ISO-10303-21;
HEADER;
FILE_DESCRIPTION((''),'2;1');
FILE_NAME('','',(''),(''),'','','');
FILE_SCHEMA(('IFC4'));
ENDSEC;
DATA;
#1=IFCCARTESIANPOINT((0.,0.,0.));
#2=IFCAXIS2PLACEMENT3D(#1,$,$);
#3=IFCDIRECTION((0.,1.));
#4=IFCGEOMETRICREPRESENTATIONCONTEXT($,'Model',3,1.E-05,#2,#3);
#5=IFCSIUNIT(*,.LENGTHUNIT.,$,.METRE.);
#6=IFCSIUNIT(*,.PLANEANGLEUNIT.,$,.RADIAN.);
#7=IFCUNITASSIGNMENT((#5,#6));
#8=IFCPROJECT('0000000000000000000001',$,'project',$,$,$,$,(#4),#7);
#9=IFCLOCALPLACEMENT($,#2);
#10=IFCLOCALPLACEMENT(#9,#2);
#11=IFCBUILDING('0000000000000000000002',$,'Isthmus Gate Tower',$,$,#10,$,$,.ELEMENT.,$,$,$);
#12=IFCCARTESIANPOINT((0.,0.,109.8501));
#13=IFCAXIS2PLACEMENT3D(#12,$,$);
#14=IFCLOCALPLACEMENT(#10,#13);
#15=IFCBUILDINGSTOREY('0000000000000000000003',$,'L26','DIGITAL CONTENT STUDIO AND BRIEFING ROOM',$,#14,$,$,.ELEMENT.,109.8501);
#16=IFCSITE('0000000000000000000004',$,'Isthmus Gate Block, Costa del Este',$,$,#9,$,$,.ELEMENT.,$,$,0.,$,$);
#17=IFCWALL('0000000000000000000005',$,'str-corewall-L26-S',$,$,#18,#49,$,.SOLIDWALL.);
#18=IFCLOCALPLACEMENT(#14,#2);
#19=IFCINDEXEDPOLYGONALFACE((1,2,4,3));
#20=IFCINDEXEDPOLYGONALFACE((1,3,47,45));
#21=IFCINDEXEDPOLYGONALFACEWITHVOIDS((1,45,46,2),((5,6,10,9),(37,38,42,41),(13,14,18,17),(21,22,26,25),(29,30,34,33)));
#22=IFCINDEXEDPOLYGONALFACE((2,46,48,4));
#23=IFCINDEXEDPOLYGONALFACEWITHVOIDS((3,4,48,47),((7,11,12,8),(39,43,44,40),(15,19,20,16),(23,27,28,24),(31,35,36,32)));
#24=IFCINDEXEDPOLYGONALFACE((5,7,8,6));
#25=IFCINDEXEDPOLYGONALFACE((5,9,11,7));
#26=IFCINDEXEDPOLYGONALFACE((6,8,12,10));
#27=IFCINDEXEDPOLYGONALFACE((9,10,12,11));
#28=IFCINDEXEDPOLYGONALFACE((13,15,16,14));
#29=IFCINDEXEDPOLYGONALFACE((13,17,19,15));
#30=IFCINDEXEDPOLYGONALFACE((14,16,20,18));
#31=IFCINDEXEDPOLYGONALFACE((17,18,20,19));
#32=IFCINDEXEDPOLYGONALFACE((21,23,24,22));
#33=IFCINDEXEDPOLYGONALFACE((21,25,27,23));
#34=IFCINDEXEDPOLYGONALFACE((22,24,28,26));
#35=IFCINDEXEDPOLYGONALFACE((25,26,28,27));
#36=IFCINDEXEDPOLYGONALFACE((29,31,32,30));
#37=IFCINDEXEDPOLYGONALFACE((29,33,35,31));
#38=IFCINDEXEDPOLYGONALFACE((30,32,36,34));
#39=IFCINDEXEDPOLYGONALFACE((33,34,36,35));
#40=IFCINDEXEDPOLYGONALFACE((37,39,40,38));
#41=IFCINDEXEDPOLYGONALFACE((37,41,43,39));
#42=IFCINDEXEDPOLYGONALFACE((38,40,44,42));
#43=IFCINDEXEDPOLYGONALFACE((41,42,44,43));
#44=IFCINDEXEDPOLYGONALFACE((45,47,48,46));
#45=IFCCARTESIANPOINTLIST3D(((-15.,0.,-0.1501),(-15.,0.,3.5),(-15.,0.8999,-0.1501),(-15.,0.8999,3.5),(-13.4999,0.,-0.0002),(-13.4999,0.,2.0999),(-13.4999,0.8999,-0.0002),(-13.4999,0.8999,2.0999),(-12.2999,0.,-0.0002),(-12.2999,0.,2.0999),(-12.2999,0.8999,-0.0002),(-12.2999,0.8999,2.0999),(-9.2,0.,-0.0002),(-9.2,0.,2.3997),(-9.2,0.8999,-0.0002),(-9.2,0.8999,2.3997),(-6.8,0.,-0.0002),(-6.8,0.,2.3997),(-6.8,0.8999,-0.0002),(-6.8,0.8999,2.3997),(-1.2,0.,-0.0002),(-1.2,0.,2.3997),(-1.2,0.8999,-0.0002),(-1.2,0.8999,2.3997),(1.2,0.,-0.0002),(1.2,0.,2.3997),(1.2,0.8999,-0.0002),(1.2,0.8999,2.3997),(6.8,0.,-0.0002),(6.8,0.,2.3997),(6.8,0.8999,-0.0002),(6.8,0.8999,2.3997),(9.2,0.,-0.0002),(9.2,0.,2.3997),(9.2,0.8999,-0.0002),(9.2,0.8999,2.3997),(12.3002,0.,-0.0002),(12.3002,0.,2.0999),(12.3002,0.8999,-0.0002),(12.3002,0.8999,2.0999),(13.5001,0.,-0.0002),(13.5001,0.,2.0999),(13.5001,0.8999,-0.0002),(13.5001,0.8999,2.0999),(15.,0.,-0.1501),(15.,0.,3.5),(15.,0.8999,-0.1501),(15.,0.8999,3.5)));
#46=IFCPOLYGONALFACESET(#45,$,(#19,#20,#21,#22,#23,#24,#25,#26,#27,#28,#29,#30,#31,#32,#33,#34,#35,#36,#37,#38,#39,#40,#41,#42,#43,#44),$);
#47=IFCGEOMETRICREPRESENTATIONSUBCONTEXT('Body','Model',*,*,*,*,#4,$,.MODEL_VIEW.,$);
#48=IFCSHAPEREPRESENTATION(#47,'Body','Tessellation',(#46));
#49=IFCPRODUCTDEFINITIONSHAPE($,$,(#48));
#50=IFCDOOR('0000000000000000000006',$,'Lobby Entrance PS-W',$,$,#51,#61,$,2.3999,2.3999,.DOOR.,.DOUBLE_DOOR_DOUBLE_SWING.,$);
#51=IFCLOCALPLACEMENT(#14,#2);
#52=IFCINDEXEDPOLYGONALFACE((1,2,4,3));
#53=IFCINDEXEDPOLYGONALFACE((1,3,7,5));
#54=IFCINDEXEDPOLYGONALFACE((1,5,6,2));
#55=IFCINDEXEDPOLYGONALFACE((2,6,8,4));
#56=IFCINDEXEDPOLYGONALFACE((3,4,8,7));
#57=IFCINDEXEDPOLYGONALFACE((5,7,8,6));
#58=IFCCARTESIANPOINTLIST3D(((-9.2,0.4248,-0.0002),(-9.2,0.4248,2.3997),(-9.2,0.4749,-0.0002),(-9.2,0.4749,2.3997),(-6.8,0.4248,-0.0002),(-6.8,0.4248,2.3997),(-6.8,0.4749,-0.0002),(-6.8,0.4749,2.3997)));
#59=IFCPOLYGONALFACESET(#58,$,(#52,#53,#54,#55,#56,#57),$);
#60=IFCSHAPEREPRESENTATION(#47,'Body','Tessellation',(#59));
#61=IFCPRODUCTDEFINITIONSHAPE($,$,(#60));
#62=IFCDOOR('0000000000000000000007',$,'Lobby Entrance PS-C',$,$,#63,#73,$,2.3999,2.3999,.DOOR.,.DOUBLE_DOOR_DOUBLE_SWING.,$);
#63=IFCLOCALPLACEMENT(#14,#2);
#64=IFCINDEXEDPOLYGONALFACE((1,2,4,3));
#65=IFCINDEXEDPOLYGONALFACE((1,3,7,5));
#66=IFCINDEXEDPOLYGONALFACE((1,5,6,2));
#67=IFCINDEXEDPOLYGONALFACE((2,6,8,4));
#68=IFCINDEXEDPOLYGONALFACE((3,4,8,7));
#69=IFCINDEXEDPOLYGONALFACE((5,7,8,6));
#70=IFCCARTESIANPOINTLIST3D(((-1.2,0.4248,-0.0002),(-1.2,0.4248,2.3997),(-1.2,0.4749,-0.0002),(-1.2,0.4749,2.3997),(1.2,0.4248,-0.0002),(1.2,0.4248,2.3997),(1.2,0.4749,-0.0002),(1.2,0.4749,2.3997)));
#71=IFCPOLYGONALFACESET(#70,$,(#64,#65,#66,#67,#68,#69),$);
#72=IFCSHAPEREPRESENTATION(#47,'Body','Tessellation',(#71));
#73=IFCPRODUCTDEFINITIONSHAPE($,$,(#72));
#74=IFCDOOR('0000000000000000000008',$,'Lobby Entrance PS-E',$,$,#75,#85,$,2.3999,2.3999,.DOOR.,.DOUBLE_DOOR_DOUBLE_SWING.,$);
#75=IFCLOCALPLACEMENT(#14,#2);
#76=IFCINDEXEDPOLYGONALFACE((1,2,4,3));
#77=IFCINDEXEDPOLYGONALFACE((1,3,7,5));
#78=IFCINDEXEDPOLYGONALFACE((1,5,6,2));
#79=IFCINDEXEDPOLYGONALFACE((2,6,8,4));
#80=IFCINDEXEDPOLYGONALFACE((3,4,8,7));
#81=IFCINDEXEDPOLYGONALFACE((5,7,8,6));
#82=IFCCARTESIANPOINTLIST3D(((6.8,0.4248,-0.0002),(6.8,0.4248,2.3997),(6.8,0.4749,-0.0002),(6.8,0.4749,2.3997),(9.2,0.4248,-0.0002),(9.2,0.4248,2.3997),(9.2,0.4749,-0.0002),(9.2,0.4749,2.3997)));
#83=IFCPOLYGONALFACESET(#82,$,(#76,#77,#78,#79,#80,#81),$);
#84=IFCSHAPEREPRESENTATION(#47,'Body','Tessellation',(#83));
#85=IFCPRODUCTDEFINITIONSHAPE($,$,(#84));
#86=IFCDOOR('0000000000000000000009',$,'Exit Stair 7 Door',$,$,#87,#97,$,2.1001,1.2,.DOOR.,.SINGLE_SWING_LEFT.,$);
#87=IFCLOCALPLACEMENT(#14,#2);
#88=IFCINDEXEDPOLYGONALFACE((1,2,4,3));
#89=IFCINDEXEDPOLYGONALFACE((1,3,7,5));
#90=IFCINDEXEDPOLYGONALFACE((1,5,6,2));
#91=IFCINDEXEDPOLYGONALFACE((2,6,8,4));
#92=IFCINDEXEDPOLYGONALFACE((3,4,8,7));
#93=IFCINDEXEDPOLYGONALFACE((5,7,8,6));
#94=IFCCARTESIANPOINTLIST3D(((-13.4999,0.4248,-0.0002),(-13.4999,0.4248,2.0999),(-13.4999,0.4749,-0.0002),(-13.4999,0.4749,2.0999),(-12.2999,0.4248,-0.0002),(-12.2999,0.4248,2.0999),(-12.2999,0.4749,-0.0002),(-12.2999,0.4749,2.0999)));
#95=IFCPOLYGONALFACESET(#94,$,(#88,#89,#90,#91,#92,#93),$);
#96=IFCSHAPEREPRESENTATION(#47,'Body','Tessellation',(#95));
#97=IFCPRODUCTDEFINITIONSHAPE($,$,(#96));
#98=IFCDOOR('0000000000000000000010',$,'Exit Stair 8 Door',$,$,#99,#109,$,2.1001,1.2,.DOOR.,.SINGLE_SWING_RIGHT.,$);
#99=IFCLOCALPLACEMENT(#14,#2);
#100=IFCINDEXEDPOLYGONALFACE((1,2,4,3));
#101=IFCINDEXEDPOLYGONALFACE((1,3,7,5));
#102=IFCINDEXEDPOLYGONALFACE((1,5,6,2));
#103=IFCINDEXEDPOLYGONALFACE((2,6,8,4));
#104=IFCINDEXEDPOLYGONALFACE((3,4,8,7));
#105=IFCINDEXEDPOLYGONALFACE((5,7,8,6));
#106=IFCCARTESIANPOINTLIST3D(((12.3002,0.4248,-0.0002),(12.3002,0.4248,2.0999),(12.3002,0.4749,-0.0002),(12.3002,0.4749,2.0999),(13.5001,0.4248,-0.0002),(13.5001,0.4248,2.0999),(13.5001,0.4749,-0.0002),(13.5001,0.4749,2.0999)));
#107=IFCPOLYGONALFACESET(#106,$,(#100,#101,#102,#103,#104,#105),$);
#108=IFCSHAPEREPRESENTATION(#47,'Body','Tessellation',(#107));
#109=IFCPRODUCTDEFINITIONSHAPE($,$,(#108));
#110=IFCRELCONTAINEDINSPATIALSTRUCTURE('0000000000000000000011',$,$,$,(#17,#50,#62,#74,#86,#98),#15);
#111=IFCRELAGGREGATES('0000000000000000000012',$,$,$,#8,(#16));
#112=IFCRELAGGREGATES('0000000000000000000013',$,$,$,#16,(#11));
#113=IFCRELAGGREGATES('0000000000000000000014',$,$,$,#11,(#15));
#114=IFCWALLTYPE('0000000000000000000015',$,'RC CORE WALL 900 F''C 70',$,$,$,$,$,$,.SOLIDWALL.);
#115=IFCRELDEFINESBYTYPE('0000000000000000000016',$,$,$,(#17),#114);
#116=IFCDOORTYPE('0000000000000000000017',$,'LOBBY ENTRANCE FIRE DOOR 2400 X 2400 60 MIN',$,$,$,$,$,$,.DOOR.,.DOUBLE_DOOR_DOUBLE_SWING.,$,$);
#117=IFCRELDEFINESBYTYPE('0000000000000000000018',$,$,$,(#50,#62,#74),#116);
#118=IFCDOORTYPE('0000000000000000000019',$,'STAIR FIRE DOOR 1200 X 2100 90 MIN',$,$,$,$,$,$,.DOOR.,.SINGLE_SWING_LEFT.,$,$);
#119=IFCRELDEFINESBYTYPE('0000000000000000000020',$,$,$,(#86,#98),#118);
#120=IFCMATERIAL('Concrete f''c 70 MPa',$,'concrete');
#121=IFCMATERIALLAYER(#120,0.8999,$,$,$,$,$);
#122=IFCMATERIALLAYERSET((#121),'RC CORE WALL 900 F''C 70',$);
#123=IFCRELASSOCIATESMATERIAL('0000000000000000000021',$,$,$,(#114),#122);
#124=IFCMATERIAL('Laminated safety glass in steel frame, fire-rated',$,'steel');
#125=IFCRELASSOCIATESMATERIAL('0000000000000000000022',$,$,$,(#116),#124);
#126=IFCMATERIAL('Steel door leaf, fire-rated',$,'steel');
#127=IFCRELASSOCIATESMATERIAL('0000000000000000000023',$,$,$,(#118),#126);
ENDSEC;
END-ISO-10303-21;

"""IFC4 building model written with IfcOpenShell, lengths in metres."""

from ifc_helpers import new_model, si_unit, direction, frame, frame_2d, origin, place, context, subcontext, project, spatial, rectangle, extrude, material, layer, layer_set, type_object, element, fill, save


model = new_model("IFC4")

# Units and contexts
model_context = context("Model", 3, precision=1e-05, world=origin(), true_north=direction((0.0, 1.0)))
body_context = subcontext(model_context, "Body", "Model", "MODEL_VIEW")
ifc_project = project(units=[si_unit("LENGTHUNIT", "METRE"), si_unit("PLANEANGLEUNIT", "RADIAN")], contexts=[model_context])

# Site, building, storey
site_placement = place(None, origin())
site = spatial("IfcSite", under=ifc_project, at=site_placement, Name="Isthmus Gate Block, Costa del Este", CompositionType="ELEMENT", RefElevation=0.0)
building_placement = place(site_placement, origin())
building = spatial("IfcBuilding", under=site, at=building_placement, Name="Isthmus Gate Tower", CompositionType="ELEMENT")
storey_placement = place(building_placement, frame((0.0, 0.0, 109.8501)))
storey = spatial("IfcBuildingStorey", under=building, at=storey_placement, Name="L26", Description="DIGITAL CONTENT STUDIO AND BRIEFING ROOM", CompositionType="ELEMENT", Elevation=109.8501)

# Wall, openings, doors
ifc_material_1 = material(Name="Concrete f'c 70 MPa", Category="concrete")
ifc_layer_1 = layer(ifc_material_1, 0.8999)
ifc_layer_set_1 = layer_set([ifc_layer_1], Name="RC CORE WALL 900 F'C 70")
wall_type_1 = type_object("IfcWallType", Name="RC CORE WALL 900 F'C 70", PredefinedType="SOLIDWALL", material=ifc_layer_set_1)
wall_1_placement = place(storey_placement, frame((-15.0, 0.45, -0.1501), z_axis=(0.0, 0.0, 1.0), x_axis=(1.0, 0.0, 0.0)))
wall_1 = element("IfcWall", 1, at=wall_1_placement, inside=storey, type_object=wall_type_1, Name="str-corewall-L26-S", PredefinedType="SOLIDWALL", context=body_context, shape_type="SweptSolid", body=[
    extrude(rectangle(XDim=30.0, YDim=0.8999, at=frame_2d((15.0, 0.0))), origin(), (0.0, 0.0, 1.0), 3.6501),
])
opening_1_placement = place(wall_1_placement, frame((5.8, 0.0, 0.1499)))
opening_1 = element("IfcOpeningElement", 2, at=opening_1_placement, cuts=wall_1, PredefinedType="OPENING", context=body_context, shape_type="SweptSolid", body=[
    extrude(rectangle(XDim=2.3999, YDim=2.3999, at=frame_2d((1.2, 1.2))), frame((0.0, 0.46, 0.0), z_axis=(0.0, -1.0, 0.0), x_axis=(1.0, 0.0, 0.0)), (0.0, 0.0, 1.0), 0.9199),
])
opening_2_placement = place(wall_1_placement, frame((13.8, 0.0, 0.1499)))
opening_2 = element("IfcOpeningElement", 3, at=opening_2_placement, cuts=wall_1, PredefinedType="OPENING", context=body_context, shape_type="SweptSolid", body=[
    extrude(rectangle(XDim=2.3999, YDim=2.3999, at=frame_2d((1.2, 1.2))), frame((0.0, 0.46, 0.0), z_axis=(0.0, -1.0, 0.0), x_axis=(1.0, 0.0, 0.0)), (0.0, 0.0, 1.0), 0.9199),
])
opening_3_placement = place(wall_1_placement, frame((21.8, 0.0, 0.1499)))
opening_3 = element("IfcOpeningElement", 4, at=opening_3_placement, cuts=wall_1, PredefinedType="OPENING", context=body_context, shape_type="SweptSolid", body=[
    extrude(rectangle(XDim=2.3999, YDim=2.3999, at=frame_2d((1.2, 1.2))), frame((0.0, 0.46, 0.0), z_axis=(0.0, -1.0, 0.0), x_axis=(1.0, 0.0, 0.0)), (0.0, 0.0, 1.0), 0.9199),
])
opening_4_placement = place(wall_1_placement, frame((1.5, 0.0, 0.1499)))
opening_4 = element("IfcOpeningElement", 5, at=opening_4_placement, cuts=wall_1, PredefinedType="OPENING", context=body_context, shape_type="SweptSolid", body=[
    extrude(rectangle(XDim=1.2, YDim=2.1001, at=frame_2d((0.6001, 1.05))), frame((0.0, 0.46, 0.0), z_axis=(0.0, -1.0, 0.0), x_axis=(1.0, 0.0, 0.0)), (0.0, 0.0, 1.0), 0.9199),
])
opening_5_placement = place(wall_1_placement, frame((27.3, 0.0, 0.1499)))
opening_5 = element("IfcOpeningElement", 6, at=opening_5_placement, cuts=wall_1, PredefinedType="OPENING", context=body_context, shape_type="SweptSolid", body=[
    extrude(rectangle(XDim=1.2, YDim=2.1001, at=frame_2d((0.6001, 1.05))), frame((0.0, 0.46, 0.0), z_axis=(0.0, -1.0, 0.0), x_axis=(1.0, 0.0, 0.0)), (0.0, 0.0, 1.0), 0.9199),
])
ifc_material_2 = material(Name="Laminated safety glass in steel frame, fire-rated", Category="steel")
door_type_1 = type_object("IfcDoorType", Name="LOBBY ENTRANCE FIRE DOOR 2400 X 2400 60 MIN", OperationType="DOUBLE_DOOR_DOUBLE_SWING", PredefinedType="DOOR", material=ifc_material_2)
door_1_placement = place(opening_1_placement, origin())
door_1 = element("IfcDoor", 7, at=door_1_placement, inside=storey, type_object=door_type_1, Name="Lobby Entrance PS-W", OperationType="DOUBLE_DOOR_DOUBLE_SWING", OverallHeight=2.3999, OverallWidth=2.3999, PredefinedType="DOOR", context=body_context, shape_type="SweptSolid", body=[
    extrude(rectangle(XDim=2.3999, YDim=2.3999, at=frame_2d((1.2, 1.2))), frame((0.0, 0.0249, 0.0), z_axis=(0.0, -1.0, 0.0), x_axis=(1.0, 0.0, 0.0)), (0.0, 0.0, 1.0), 0.05),
])
fill(opening_1, door_1)
door_2_placement = place(opening_2_placement, origin())
door_2 = element("IfcDoor", 8, at=door_2_placement, inside=storey, type_object=door_type_1, Name="Lobby Entrance PS-C", OperationType="DOUBLE_DOOR_DOUBLE_SWING", OverallHeight=2.3999, OverallWidth=2.3999, PredefinedType="DOOR", context=body_context, shape_type="SweptSolid", body=[
    extrude(rectangle(XDim=2.3999, YDim=2.3999, at=frame_2d((1.2, 1.2))), frame((0.0, 0.0249, 0.0), z_axis=(0.0, -1.0, 0.0), x_axis=(1.0, 0.0, 0.0)), (0.0, 0.0, 1.0), 0.05),
])
fill(opening_2, door_2)
door_3_placement = place(opening_3_placement, origin())
door_3 = element("IfcDoor", 9, at=door_3_placement, inside=storey, type_object=door_type_1, Name="Lobby Entrance PS-E", OperationType="DOUBLE_DOOR_DOUBLE_SWING", OverallHeight=2.3999, OverallWidth=2.3999, PredefinedType="DOOR", context=body_context, shape_type="SweptSolid", body=[
    extrude(rectangle(XDim=2.3999, YDim=2.3999, at=frame_2d((1.2, 1.2))), frame((0.0, 0.0249, 0.0), z_axis=(0.0, -1.0, 0.0), x_axis=(1.0, 0.0, 0.0)), (0.0, 0.0, 1.0), 0.05),
])
fill(opening_3, door_3)
ifc_material_3 = material(Name="Steel door leaf, fire-rated", Category="steel")
door_type_2 = type_object("IfcDoorType", Name="STAIR FIRE DOOR 1200 X 2100 90 MIN", OperationType="SINGLE_SWING_LEFT", PredefinedType="DOOR", material=ifc_material_3)
door_4_placement = place(opening_4_placement, origin())
door_4 = element("IfcDoor", 10, at=door_4_placement, inside=storey, type_object=door_type_2, Name="Exit Stair 7 Door", OperationType="SINGLE_SWING_LEFT", OverallHeight=2.1001, OverallWidth=1.2, PredefinedType="DOOR", context=body_context, shape_type="SweptSolid", body=[
    extrude(rectangle(XDim=1.2, YDim=2.1001, at=frame_2d((0.6001, 1.05))), frame((0.0, 0.0249, 0.0), z_axis=(0.0, -1.0, 0.0), x_axis=(1.0, 0.0, 0.0)), (0.0, 0.0, 1.0), 0.05),
])
fill(opening_4, door_4)
door_5_placement = place(opening_5_placement, origin())
door_5 = element("IfcDoor", 11, at=door_5_placement, inside=storey, type_object=door_type_2, Name="Exit Stair 8 Door", OperationType="SINGLE_SWING_RIGHT", OverallHeight=2.1001, OverallWidth=1.2, PredefinedType="DOOR", context=body_context, shape_type="SweptSolid", body=[
    extrude(rectangle(XDim=1.2, YDim=2.1001, at=frame_2d((0.6001, 1.05))), frame((0.0, 0.0249, 0.0), z_axis=(0.0, -1.0, 0.0), x_axis=(1.0, 0.0, 0.0)), (0.0, 0.0, 1.0), 0.05),
])
fill(opening_5, door_5)

save(model, "model.ifc")
